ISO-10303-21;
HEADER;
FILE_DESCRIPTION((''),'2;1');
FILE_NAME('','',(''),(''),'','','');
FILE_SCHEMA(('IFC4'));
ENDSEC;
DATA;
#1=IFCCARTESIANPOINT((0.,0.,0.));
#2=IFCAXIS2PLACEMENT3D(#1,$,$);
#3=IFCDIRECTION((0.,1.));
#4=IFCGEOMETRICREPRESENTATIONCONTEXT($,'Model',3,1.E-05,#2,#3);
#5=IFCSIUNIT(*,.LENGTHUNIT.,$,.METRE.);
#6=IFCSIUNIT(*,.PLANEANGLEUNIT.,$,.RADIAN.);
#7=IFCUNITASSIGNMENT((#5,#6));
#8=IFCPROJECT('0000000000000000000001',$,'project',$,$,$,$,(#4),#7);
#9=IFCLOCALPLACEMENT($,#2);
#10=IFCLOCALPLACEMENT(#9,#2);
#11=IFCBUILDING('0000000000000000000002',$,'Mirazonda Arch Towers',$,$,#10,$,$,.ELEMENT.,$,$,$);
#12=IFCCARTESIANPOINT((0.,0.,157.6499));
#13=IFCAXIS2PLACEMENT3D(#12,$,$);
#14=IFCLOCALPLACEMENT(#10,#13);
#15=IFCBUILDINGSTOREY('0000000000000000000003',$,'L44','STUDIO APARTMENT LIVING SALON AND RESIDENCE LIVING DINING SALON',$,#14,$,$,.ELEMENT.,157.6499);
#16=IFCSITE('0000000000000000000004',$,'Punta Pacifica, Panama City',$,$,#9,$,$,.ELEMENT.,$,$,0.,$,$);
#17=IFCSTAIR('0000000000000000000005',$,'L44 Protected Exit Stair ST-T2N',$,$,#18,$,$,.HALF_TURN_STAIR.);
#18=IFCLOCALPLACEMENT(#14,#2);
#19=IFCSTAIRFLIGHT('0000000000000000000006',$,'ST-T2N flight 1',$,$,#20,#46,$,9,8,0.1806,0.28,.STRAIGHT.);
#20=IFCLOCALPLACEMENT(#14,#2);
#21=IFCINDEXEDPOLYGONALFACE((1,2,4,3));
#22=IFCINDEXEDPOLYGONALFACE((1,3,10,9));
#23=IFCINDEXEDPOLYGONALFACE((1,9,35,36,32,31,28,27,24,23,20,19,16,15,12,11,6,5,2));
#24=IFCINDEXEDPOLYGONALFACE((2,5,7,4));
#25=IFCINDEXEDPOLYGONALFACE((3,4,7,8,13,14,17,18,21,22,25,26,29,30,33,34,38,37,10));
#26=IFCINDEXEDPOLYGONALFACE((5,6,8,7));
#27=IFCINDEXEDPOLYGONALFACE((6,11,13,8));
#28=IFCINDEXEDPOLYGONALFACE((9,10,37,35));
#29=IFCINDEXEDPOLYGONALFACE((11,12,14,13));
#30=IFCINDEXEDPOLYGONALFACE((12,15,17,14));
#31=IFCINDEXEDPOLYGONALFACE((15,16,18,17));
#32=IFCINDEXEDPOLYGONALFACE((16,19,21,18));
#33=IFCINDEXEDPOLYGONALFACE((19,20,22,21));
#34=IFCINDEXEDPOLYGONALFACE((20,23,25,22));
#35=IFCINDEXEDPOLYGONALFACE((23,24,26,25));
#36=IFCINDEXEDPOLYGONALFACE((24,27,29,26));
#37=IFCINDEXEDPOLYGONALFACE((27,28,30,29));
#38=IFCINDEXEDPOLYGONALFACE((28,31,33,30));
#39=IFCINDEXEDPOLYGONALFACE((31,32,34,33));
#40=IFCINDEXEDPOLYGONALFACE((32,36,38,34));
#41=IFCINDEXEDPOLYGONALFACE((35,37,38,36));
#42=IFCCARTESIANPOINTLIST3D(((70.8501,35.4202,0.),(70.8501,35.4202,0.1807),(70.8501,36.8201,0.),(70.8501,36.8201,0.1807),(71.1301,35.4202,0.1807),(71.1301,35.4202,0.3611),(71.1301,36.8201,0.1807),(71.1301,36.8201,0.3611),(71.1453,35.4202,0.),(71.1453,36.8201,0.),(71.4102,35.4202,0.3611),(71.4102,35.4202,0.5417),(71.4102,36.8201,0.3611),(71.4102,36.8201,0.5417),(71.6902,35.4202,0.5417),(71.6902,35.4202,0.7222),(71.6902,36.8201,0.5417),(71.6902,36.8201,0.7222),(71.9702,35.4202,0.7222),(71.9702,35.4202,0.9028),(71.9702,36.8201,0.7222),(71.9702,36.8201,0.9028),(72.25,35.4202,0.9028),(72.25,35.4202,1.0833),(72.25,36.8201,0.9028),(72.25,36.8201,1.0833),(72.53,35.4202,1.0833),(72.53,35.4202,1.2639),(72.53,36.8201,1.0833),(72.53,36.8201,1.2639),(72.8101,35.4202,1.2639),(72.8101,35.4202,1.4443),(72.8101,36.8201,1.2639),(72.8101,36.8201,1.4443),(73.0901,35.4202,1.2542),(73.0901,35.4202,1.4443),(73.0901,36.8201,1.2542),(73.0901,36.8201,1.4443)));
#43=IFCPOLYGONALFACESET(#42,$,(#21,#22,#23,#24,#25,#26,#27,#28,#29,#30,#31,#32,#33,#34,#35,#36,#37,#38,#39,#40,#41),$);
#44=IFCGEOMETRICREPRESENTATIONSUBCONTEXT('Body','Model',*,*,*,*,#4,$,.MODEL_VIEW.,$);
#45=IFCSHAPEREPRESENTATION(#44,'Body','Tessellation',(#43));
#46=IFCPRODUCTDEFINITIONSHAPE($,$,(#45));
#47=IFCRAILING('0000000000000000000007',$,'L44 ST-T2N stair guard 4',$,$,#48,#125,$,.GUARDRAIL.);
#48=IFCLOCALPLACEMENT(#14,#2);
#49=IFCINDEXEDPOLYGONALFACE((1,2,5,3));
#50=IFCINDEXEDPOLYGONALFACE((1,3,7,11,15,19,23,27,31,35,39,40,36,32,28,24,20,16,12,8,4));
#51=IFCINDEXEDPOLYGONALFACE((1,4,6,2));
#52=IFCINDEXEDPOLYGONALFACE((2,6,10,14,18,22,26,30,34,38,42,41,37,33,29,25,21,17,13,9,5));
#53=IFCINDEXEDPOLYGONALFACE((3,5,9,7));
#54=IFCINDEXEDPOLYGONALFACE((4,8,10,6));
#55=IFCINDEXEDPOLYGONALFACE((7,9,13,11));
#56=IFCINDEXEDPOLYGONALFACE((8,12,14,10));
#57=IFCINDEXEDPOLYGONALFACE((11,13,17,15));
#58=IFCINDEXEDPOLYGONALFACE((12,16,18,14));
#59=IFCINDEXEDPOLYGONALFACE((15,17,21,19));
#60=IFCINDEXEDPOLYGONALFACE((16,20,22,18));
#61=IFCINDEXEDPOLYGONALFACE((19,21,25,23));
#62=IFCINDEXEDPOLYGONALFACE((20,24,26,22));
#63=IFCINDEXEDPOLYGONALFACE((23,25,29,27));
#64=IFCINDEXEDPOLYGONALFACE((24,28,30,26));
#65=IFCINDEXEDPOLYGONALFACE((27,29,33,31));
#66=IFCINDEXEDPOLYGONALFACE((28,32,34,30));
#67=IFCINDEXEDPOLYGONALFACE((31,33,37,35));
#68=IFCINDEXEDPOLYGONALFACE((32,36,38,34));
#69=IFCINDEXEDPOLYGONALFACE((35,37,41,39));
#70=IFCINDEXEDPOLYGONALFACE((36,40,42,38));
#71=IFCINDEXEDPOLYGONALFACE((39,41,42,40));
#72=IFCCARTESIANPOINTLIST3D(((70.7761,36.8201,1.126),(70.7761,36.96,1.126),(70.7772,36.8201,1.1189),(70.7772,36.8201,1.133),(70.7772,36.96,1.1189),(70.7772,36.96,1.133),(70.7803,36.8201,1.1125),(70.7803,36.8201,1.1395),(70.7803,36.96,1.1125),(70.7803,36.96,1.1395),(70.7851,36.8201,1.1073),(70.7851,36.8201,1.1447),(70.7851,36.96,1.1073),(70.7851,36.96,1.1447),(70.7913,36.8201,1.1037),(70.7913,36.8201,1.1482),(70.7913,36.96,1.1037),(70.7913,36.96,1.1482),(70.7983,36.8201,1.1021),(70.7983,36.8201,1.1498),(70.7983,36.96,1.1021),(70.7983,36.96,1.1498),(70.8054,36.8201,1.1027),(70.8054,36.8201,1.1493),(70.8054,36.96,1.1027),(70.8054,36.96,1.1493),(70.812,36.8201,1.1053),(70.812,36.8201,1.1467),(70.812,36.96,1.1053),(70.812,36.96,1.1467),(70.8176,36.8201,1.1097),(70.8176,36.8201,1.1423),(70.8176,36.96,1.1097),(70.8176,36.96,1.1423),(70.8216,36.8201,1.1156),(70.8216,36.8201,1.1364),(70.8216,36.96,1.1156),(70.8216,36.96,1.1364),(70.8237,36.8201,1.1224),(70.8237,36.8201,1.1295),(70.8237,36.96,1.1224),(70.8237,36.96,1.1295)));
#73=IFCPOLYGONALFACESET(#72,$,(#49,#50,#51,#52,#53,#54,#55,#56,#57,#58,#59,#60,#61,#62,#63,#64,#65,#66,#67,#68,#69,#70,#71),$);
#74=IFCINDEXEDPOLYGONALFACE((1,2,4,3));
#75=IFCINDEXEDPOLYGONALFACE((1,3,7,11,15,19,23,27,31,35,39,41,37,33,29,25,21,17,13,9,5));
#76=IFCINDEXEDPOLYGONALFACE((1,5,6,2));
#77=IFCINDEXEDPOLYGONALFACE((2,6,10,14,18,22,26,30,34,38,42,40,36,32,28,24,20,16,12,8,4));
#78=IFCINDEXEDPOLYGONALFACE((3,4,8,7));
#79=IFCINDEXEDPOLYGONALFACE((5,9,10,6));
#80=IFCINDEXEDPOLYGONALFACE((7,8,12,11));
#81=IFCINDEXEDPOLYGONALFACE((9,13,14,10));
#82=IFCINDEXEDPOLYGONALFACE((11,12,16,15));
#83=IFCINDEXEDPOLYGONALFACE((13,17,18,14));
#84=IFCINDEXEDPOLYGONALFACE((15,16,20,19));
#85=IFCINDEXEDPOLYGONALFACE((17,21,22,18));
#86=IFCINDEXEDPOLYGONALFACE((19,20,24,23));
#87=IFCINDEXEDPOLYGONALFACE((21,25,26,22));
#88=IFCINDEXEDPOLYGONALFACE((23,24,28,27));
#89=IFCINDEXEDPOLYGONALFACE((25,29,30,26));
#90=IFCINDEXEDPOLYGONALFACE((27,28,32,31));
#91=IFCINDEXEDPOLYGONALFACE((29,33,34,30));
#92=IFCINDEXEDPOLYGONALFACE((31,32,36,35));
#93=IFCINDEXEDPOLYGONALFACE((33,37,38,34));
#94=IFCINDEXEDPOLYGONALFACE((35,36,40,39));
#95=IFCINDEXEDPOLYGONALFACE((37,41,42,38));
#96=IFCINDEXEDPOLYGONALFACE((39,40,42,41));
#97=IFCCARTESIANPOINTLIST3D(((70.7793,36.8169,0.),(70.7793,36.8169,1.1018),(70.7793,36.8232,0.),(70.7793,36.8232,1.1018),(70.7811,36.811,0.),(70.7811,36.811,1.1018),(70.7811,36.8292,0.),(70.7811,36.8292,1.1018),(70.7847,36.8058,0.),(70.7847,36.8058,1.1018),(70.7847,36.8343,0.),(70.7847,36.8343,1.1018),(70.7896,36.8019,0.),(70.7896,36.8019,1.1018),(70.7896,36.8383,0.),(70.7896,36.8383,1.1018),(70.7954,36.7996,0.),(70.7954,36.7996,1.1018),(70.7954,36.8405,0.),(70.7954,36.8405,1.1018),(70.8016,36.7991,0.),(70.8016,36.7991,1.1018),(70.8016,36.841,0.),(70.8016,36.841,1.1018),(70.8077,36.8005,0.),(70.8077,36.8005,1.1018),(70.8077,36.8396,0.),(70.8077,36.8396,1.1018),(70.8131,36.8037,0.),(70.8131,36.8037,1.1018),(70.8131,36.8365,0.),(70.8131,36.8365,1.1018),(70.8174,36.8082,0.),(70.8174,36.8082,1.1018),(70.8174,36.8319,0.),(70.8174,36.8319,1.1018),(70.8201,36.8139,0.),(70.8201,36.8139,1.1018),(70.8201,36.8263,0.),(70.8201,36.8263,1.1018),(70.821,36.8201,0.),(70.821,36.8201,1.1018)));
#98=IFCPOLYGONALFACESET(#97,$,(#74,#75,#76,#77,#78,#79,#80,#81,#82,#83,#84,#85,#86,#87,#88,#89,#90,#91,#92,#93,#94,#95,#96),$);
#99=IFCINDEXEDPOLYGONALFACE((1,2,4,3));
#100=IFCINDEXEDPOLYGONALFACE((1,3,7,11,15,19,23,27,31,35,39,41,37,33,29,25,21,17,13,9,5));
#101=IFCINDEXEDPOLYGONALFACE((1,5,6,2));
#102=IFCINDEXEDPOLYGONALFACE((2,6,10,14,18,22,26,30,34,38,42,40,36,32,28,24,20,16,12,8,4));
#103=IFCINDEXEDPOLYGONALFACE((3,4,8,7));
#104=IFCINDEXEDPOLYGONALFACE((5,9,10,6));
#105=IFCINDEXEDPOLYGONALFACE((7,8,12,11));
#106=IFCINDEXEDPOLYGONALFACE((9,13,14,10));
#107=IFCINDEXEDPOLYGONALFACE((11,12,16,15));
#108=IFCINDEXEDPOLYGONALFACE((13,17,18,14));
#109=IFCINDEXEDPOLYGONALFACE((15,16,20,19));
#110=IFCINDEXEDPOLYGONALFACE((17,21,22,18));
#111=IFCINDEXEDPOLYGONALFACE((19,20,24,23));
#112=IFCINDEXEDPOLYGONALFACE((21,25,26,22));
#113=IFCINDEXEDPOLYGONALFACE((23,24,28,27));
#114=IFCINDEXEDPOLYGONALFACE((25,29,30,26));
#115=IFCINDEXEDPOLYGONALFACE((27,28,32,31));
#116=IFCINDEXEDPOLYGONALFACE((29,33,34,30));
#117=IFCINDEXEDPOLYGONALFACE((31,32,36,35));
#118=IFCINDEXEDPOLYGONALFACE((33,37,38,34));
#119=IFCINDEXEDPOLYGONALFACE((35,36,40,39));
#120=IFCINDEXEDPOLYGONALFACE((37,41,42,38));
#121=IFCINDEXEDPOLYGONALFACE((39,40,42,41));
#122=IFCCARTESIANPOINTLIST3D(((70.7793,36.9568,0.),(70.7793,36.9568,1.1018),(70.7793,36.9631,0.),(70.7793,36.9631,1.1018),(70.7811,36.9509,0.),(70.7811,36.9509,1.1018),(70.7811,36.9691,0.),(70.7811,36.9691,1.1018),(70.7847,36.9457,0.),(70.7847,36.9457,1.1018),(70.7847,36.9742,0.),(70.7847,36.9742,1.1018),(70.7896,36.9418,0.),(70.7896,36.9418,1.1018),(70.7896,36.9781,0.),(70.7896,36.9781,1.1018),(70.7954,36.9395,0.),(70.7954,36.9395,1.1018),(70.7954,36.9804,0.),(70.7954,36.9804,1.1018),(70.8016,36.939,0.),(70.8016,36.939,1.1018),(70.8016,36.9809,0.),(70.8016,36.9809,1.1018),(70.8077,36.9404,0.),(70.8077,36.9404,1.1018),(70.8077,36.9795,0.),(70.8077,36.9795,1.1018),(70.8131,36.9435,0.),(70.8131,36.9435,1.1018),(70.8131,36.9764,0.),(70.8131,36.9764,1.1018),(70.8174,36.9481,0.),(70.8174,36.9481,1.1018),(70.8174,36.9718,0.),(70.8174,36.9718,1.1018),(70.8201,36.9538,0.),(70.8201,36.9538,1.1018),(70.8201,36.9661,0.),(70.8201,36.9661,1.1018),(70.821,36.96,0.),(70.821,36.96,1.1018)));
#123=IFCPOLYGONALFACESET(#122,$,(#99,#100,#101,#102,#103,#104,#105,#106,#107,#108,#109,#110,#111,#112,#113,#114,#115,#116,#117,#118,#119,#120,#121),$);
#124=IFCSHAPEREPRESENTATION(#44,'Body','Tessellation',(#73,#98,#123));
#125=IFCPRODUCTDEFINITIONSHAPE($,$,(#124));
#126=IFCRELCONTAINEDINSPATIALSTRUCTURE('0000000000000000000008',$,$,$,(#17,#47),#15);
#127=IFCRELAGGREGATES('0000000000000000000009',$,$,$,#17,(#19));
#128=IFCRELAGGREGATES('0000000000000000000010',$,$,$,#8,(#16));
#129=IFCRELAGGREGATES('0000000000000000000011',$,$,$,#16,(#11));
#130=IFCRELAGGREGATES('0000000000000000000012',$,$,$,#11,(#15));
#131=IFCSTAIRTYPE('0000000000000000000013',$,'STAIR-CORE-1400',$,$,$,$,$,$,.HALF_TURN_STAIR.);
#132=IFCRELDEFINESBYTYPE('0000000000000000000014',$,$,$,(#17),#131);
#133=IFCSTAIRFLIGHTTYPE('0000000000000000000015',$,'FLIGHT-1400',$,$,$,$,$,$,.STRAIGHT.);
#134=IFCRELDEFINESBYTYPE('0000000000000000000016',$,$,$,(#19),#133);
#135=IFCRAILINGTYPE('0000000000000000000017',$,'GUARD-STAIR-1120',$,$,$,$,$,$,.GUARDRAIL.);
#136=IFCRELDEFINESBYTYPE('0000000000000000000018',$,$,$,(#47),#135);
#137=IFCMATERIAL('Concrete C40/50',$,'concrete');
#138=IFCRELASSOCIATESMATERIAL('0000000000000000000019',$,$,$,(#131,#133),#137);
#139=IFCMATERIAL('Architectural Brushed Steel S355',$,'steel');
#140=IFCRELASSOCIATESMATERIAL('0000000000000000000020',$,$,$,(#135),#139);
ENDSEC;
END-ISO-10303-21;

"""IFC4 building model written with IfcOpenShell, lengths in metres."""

from ifc_helpers import new_model, si_unit, direction, frame, origin, origin_2d, place, context, subcontext, project, spatial, polyline, circle, outline, extrude, material, type_object, element, aggregate, save


model = new_model("IFC4")

# Units and contexts
model_context = context("Model", 3, precision=1e-05, world=origin(), true_north=direction((0.0, 1.0)))
body_context = subcontext(model_context, "Body", "Model", "MODEL_VIEW")
ifc_project = project(units=[si_unit("LENGTHUNIT", "METRE"), si_unit("PLANEANGLEUNIT", "RADIAN")], contexts=[model_context])

# Site, building, storey
site_placement = place(None, origin())
site = spatial("IfcSite", under=ifc_project, at=site_placement, Name="Punta Pacifica, Panama City", CompositionType="ELEMENT", RefElevation=0.0)
building_placement = place(site_placement, origin())
building = spatial("IfcBuilding", under=site, at=building_placement, Name="Mirazonda Arch Towers", CompositionType="ELEMENT")
storey_placement = place(building_placement, frame((0.0, 0.0, 157.6499)))
storey = spatial("IfcBuildingStorey", under=building, at=storey_placement, Name="L44", Description="STUDIO APARTMENT LIVING SALON AND RESIDENCE LIVING DINING SALON", CompositionType="ELEMENT", Elevation=157.6499)

# Shared definitions
ifc_material_1 = material(Name="Architectural Brushed Steel S355", Category="steel")

# Stair, stair flight
ifc_material_2 = material(Name="Concrete C40/50", Category="concrete")
stair_type = type_object("IfcStairType", Name="STAIR-CORE-1400", PredefinedType="HALF_TURN_STAIR", material=ifc_material_2)
stair_placement = place(storey_placement, origin())
stair = element("IfcStair", 1, at=stair_placement, inside=storey, type_object=stair_type, Name="L44 Protected Exit Stair ST-T2N", PredefinedType="HALF_TURN_STAIR")
stair_flight_type = type_object("IfcStairFlightType", Name="FLIGHT-1400", PredefinedType="STRAIGHT", material=ifc_material_2)
stair_flight_placement = place(storey_placement, frame((70.8501, 36.1201, 0.0), z_axis=(0.0, 0.0, 1.0), x_axis=(1.0, 0.0, 0.0)))
stair_flight = element("IfcStairFlight", 2, at=stair_flight_placement, type_object=stair_flight_type, Name="ST-T2N flight 1", NumberOfRisers=9, NumberOfTreads=8, PredefinedType="STRAIGHT", RiserHeight=0.1806, TreadLength=0.28, context=body_context, shape_type="SweptSolid", body=[
    extrude(outline(polyline([(0.0, 0.0), (0.0, 0.1807), (0.28, 0.1807), (0.28, 0.3611), (0.5601, 0.3611), (0.5601, 0.5417), (0.8401, 0.5417), (0.8401, 0.7222), (1.1201, 0.7222), (1.1201, 0.9028), (1.3999, 0.9028), (1.3999, 1.0833), (1.6799, 1.0833), (1.6799, 1.2639), (1.96, 1.2639), (1.96, 1.4443), (2.24, 1.4443), (2.24, 1.625), (2.24, 1.2542), (0.2952, 0.0), (0.0, 0.0)])), frame((0.0, 0.7, 0.0), z_axis=(0.0, -1.0, 0.0), x_axis=(1.0, 0.0, 0.0)), (0.0, 0.0, 1.0), 1.3999),
])
aggregate(stair, [stair_flight])

# Railing
railing_type = type_object("IfcRailingType", Name="GUARD-STAIR-1120", PredefinedType="GUARDRAIL", material=ifc_material_1)
railing_placement = place(storey_placement, frame((70.8, 36.8201, 0.0)))
element("IfcRailing", 3, at=railing_placement, inside=storey, type_object=railing_type, Name="L44 ST-T2N stair guard 4", PredefinedType="GUARDRAIL", context=body_context, shape_type="SweptSolid", body=[
    extrude(circle(Radius=0.0239, at=origin_2d()), frame((0.0, 0.0, 1.126), z_axis=(0.0, 1.0, 0.0), x_axis=(-1.0, 0.0, 0.0)), (0.0, 0.0, 1.0), 0.1399),
    extrude(circle(Radius=0.021, at=origin_2d()), origin(), (0.0, 0.0, 1.0), 1.1018),
    extrude(circle(Radius=0.021, at=origin_2d()), frame((0.0, 0.1399, 0.0)), (0.0, 0.0, 1.0), 1.1018),
])

save(model, "model.ifc")
